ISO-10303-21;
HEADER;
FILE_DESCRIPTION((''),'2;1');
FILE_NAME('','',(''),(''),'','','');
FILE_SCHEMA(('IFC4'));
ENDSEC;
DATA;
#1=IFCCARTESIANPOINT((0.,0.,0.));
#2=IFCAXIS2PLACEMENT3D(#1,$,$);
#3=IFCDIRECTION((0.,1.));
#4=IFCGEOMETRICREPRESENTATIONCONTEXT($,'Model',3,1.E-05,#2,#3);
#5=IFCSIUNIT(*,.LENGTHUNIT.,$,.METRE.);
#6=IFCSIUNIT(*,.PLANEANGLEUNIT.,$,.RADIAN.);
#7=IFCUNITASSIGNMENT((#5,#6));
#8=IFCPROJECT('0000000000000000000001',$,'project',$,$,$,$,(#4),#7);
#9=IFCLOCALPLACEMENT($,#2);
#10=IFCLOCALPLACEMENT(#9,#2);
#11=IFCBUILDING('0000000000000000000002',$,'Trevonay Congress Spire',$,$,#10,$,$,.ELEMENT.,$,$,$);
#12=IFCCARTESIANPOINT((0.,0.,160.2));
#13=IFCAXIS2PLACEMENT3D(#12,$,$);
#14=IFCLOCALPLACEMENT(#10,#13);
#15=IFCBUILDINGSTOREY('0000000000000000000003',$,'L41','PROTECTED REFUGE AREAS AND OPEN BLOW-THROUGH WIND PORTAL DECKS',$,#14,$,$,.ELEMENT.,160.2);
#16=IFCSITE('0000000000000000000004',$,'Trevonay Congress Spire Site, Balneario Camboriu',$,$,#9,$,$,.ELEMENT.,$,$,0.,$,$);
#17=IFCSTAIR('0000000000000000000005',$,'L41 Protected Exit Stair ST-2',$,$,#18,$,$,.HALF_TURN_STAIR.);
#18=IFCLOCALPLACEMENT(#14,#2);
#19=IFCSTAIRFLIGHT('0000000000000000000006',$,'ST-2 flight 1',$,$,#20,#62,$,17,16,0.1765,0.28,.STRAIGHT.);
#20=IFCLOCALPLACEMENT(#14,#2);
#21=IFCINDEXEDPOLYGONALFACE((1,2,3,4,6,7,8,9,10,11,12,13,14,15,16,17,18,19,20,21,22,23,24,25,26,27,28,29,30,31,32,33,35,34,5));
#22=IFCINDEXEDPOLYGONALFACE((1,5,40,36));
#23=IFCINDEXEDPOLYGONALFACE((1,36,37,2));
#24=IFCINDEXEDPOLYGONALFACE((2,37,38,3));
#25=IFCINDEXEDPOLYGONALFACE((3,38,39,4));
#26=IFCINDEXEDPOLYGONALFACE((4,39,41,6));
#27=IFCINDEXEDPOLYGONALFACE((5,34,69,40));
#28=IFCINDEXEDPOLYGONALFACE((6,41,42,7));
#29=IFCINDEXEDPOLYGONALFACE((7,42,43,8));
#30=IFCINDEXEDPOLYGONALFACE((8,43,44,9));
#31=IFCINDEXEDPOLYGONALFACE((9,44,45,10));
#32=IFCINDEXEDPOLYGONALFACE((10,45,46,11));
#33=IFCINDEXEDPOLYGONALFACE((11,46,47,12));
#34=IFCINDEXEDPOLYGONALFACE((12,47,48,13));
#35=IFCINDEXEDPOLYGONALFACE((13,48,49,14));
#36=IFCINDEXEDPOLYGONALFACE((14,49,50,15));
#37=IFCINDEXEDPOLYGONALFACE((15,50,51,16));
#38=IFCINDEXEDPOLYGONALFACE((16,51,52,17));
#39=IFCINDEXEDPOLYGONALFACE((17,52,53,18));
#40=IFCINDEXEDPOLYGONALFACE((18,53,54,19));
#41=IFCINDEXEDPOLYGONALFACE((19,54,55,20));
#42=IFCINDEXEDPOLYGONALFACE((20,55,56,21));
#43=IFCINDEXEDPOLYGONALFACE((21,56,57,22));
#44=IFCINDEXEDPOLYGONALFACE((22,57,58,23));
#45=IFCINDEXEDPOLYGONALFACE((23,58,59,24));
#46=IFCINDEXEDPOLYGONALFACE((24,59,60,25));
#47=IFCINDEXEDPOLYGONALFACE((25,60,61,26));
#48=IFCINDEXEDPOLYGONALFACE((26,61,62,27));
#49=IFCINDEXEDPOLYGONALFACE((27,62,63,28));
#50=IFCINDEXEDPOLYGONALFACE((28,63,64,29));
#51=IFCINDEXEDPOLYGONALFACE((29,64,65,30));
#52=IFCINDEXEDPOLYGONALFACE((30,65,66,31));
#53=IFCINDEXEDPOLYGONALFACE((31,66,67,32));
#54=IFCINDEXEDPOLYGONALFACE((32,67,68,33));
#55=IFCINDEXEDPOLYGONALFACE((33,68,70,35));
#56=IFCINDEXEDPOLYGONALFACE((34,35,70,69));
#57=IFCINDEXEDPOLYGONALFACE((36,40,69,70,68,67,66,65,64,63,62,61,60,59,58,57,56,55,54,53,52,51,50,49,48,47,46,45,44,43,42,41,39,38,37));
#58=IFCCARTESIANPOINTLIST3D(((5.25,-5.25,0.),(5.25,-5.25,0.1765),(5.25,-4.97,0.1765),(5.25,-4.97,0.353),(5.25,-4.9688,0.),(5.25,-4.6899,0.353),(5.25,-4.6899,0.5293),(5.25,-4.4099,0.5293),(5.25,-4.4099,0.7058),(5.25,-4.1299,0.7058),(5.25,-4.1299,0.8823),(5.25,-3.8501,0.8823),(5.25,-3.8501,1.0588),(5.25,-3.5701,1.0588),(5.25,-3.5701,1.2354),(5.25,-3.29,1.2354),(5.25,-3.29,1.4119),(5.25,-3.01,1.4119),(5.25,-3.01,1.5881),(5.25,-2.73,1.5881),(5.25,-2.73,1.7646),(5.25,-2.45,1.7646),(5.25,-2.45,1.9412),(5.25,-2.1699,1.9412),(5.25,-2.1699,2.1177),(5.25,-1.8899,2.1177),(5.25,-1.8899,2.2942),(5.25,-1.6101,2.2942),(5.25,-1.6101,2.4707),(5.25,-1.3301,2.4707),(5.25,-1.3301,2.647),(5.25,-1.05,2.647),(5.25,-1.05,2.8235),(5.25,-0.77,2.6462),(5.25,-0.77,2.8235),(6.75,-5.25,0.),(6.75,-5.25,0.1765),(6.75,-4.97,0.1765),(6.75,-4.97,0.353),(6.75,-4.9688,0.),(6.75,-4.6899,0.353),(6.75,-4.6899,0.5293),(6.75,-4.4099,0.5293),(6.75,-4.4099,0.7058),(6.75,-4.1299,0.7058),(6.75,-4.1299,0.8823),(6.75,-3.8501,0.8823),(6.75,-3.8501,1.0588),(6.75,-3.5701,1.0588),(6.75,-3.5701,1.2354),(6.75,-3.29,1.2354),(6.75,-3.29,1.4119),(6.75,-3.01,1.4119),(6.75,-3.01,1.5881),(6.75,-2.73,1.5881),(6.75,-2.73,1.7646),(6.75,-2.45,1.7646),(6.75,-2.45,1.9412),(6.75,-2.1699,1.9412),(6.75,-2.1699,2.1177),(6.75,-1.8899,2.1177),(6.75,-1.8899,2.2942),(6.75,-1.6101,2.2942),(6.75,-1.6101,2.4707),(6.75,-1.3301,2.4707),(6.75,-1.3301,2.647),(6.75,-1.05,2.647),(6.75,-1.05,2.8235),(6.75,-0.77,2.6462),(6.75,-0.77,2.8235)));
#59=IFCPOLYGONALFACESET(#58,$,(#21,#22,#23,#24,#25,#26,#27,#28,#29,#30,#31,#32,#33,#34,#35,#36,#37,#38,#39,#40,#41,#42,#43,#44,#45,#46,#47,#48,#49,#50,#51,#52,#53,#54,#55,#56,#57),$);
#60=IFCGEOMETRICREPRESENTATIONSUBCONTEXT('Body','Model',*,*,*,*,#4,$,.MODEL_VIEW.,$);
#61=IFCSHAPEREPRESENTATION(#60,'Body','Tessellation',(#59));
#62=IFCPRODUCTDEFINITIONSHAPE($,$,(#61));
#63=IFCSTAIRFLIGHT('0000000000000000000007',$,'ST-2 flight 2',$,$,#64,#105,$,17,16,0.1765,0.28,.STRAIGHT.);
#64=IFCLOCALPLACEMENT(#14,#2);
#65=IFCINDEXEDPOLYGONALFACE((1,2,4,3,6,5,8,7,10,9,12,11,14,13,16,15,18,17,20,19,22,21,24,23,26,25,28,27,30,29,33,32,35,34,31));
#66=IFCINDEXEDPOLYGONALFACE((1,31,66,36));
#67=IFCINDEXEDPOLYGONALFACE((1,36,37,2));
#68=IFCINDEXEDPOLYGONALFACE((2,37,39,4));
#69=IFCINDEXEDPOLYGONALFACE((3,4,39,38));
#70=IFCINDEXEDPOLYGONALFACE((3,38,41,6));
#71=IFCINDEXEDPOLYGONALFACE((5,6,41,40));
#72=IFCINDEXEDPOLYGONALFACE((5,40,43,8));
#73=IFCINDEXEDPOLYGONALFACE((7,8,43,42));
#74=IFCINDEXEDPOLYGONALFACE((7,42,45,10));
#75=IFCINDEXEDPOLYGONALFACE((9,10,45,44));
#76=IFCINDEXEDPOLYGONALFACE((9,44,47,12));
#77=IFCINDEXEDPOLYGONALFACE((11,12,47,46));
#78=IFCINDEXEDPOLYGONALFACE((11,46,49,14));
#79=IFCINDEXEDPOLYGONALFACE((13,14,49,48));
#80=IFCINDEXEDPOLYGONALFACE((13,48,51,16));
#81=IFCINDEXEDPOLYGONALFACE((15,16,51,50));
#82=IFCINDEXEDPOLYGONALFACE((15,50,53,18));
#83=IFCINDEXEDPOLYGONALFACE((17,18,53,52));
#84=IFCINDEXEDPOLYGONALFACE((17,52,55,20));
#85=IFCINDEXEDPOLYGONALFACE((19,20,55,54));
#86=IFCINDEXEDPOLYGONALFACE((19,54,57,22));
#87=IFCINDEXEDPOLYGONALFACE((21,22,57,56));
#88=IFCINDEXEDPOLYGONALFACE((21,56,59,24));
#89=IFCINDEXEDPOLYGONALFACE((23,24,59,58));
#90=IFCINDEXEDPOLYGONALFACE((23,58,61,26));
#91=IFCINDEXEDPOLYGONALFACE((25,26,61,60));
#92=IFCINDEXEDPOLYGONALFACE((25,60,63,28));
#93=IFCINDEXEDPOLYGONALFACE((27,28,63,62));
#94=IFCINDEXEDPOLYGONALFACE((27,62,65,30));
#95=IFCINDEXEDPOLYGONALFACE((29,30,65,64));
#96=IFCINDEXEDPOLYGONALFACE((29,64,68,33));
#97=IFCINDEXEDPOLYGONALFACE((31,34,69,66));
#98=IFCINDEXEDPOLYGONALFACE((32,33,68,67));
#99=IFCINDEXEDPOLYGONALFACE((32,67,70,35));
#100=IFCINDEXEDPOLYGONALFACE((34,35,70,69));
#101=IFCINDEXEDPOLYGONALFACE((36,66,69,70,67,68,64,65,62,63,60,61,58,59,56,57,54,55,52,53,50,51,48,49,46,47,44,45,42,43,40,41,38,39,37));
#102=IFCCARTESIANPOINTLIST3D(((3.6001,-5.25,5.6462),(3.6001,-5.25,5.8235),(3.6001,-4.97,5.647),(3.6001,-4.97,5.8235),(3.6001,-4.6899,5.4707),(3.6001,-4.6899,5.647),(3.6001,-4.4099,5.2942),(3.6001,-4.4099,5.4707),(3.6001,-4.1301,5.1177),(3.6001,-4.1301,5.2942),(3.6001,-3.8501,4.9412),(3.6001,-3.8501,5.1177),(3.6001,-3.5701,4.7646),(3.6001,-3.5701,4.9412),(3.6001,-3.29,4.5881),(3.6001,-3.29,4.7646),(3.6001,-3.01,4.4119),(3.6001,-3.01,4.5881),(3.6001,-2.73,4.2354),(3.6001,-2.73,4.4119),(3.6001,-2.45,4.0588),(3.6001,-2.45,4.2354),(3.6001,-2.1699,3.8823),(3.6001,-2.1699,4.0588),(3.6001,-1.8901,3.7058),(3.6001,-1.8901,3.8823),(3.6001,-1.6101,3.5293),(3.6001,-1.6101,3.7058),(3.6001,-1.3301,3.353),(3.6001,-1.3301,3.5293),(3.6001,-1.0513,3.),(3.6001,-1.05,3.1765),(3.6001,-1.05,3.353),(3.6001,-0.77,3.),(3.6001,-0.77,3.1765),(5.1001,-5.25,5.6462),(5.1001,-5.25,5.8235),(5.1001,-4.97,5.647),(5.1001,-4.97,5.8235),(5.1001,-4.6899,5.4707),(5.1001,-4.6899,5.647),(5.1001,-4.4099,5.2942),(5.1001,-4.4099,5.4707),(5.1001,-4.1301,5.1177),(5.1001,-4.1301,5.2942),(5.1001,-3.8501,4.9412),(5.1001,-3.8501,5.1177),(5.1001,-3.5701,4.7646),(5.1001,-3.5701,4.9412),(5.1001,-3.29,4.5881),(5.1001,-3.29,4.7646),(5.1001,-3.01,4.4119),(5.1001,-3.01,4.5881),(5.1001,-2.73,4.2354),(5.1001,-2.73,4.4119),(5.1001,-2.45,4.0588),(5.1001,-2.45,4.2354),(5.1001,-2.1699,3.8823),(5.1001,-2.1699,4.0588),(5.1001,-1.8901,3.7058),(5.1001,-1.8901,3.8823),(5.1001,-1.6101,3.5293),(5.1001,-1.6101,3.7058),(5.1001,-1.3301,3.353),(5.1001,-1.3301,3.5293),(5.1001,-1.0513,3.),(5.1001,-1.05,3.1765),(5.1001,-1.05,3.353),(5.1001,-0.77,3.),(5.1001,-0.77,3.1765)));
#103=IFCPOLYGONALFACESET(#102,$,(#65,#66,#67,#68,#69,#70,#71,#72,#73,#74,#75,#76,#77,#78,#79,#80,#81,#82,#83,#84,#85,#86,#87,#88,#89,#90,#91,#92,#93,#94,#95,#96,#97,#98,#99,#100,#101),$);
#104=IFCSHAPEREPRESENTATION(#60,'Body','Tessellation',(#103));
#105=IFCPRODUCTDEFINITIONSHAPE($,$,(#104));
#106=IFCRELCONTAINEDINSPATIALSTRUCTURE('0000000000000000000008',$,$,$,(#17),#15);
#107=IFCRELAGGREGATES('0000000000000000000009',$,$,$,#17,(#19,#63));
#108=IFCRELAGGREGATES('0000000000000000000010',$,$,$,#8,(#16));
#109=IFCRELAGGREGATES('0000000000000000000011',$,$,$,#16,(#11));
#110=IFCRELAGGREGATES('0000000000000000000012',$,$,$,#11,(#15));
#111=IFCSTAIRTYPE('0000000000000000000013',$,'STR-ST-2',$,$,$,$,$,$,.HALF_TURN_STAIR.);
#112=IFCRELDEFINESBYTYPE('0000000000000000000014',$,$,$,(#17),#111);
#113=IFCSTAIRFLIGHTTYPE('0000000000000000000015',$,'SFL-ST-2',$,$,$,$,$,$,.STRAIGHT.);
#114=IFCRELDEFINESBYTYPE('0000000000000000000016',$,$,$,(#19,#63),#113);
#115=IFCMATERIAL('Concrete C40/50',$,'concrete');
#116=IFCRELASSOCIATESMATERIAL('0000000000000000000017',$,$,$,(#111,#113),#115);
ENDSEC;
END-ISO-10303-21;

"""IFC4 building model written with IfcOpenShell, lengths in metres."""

from ifc_helpers import new_model, si_unit, direction, frame, origin, place, context, subcontext, project, spatial, polyline, outline, extrude, material, type_object, element, aggregate, save


model = new_model("IFC4")

# Units and contexts
model_context = context("Model", 3, precision=1e-05, world=origin(), true_north=direction((0.0, 1.0)))
body_context = subcontext(model_context, "Body", "Model", "MODEL_VIEW")
ifc_project = project(units=[si_unit("LENGTHUNIT", "METRE"), si_unit("PLANEANGLEUNIT", "RADIAN")], contexts=[model_context])

# Site, building, storey
site_placement = place(None, origin())
site = spatial("IfcSite", under=ifc_project, at=site_placement, Name="Trevonay Congress Spire Site, Balneario Camboriu", CompositionType="ELEMENT", RefElevation=0.0)
building_placement = place(site_placement, origin())
building = spatial("IfcBuilding", under=site, at=building_placement, Name="Trevonay Congress Spire", CompositionType="ELEMENT")
storey_placement = place(building_placement, frame((0.0, 0.0, 160.2)))
storey = spatial("IfcBuildingStorey", under=building, at=storey_placement, Name="L41", Description="PROTECTED REFUGE AREAS AND OPEN BLOW-THROUGH WIND PORTAL DECKS", CompositionType="ELEMENT", Elevation=160.2)

# Shared definitions
ifc_material_1 = material(Name="Concrete C40/50", Category="concrete")

# Stair, stair flights
stair_type = type_object("IfcStairType", Name="STR-ST-2", PredefinedType="HALF_TURN_STAIR", material=ifc_material_1)
stair_placement = place(storey_placement, origin())
stair = element("IfcStair", 1, at=stair_placement, inside=storey, type_object=stair_type, Name="L41 Protected Exit Stair ST-2", PredefinedType="HALF_TURN_STAIR")
stair_flight_type = type_object("IfcStairFlightType", Name="SFL-ST-2", PredefinedType="STRAIGHT", material=ifc_material_1)
stair_flight_1_placement = place(storey_placement, frame((6.0, -5.25, 0.0), z_axis=(0.0, 0.0, 1.0), x_axis=(0.0, 1.0, 0.0)))
stair_flight_1 = element("IfcStairFlight", 2, at=stair_flight_1_placement, type_object=stair_flight_type, Name="ST-2 flight 1", NumberOfRisers=17, NumberOfTreads=16, PredefinedType="STRAIGHT", RiserHeight=0.1765, TreadLength=0.28, context=body_context, shape_type="SweptSolid", body=[
    extrude(outline(polyline([(0.0, 0.0), (0.0, 0.1765), (0.28, 0.1765), (0.28, 0.353), (0.5601, 0.353), (0.5601, 0.5293), (0.8401, 0.5293), (0.8401, 0.7058), (1.1201, 0.7058), (1.1201, 0.8823), (1.3999, 0.8823), (1.3999, 1.0588), (1.6799, 1.0588), (1.6799, 1.2354), (1.96, 1.2354), (1.96, 1.4119), (2.24, 1.4119), (2.24, 1.5881), (2.52, 1.5881), (2.52, 1.7646), (2.8, 1.7646), (2.8, 1.9412), (3.0801, 1.9412), (3.0801, 2.1177), (3.3601, 2.1177), (3.3601, 2.2942), (3.6399, 2.2942), (3.6399, 2.4707), (3.9199, 2.4707), (3.9199, 2.647), (4.2, 2.647), (4.2, 2.8235), (4.48, 2.8235), (4.48, 3.0), (4.48, 2.6462), (0.2812, 0.0), (0.0, 0.0)])), frame((0.0, 0.75, 0.0), z_axis=(0.0, -1.0, 0.0), x_axis=(1.0, 0.0, 0.0)), (0.0, 0.0, 1.0), 1.5),
])
stair_flight_2_placement = place(storey_placement, frame((4.3501, -0.77, 3.0), z_axis=(0.0, 0.0, 1.0), x_axis=(0.0, -1.0, 0.0)))
stair_flight_2 = element("IfcStairFlight", 3, at=stair_flight_2_placement, type_object=stair_flight_type, Name="ST-2 flight 2", NumberOfRisers=17, NumberOfTreads=16, PredefinedType="STRAIGHT", RiserHeight=0.1765, TreadLength=0.28, context=body_context, shape_type="SweptSolid", body=[
    extrude(outline(polyline([(0.0, 0.0), (0.0, 0.1765), (0.28, 0.1765), (0.28, 0.353), (0.5601, 0.353), (0.5601, 0.5293), (0.8401, 0.5293), (0.8401, 0.7058), (1.1201, 0.7058), (1.1201, 0.8823), (1.3999, 0.8823), (1.3999, 1.0588), (1.6799, 1.0588), (1.6799, 1.2354), (1.96, 1.2354), (1.96, 1.4119), (2.24, 1.4119), (2.24, 1.5881), (2.52, 1.5881), (2.52, 1.7646), (2.8, 1.7646), (2.8, 1.9412), (3.0801, 1.9412), (3.0801, 2.1177), (3.3601, 2.1177), (3.3601, 2.2942), (3.6399, 2.2942), (3.6399, 2.4707), (3.9199, 2.4707), (3.9199, 2.647), (4.2, 2.647), (4.2, 2.8235), (4.48, 2.8235), (4.48, 3.0), (4.48, 2.6462), (0.2812, 0.0), (0.0, 0.0)])), frame((0.0, 0.75, 0.0), z_axis=(0.0, -1.0, 0.0), x_axis=(1.0, 0.0, 0.0)), (0.0, 0.0, 1.0), 1.5),
])
aggregate(stair, [stair_flight_1, stair_flight_2])

save(model, "model.ifc")
